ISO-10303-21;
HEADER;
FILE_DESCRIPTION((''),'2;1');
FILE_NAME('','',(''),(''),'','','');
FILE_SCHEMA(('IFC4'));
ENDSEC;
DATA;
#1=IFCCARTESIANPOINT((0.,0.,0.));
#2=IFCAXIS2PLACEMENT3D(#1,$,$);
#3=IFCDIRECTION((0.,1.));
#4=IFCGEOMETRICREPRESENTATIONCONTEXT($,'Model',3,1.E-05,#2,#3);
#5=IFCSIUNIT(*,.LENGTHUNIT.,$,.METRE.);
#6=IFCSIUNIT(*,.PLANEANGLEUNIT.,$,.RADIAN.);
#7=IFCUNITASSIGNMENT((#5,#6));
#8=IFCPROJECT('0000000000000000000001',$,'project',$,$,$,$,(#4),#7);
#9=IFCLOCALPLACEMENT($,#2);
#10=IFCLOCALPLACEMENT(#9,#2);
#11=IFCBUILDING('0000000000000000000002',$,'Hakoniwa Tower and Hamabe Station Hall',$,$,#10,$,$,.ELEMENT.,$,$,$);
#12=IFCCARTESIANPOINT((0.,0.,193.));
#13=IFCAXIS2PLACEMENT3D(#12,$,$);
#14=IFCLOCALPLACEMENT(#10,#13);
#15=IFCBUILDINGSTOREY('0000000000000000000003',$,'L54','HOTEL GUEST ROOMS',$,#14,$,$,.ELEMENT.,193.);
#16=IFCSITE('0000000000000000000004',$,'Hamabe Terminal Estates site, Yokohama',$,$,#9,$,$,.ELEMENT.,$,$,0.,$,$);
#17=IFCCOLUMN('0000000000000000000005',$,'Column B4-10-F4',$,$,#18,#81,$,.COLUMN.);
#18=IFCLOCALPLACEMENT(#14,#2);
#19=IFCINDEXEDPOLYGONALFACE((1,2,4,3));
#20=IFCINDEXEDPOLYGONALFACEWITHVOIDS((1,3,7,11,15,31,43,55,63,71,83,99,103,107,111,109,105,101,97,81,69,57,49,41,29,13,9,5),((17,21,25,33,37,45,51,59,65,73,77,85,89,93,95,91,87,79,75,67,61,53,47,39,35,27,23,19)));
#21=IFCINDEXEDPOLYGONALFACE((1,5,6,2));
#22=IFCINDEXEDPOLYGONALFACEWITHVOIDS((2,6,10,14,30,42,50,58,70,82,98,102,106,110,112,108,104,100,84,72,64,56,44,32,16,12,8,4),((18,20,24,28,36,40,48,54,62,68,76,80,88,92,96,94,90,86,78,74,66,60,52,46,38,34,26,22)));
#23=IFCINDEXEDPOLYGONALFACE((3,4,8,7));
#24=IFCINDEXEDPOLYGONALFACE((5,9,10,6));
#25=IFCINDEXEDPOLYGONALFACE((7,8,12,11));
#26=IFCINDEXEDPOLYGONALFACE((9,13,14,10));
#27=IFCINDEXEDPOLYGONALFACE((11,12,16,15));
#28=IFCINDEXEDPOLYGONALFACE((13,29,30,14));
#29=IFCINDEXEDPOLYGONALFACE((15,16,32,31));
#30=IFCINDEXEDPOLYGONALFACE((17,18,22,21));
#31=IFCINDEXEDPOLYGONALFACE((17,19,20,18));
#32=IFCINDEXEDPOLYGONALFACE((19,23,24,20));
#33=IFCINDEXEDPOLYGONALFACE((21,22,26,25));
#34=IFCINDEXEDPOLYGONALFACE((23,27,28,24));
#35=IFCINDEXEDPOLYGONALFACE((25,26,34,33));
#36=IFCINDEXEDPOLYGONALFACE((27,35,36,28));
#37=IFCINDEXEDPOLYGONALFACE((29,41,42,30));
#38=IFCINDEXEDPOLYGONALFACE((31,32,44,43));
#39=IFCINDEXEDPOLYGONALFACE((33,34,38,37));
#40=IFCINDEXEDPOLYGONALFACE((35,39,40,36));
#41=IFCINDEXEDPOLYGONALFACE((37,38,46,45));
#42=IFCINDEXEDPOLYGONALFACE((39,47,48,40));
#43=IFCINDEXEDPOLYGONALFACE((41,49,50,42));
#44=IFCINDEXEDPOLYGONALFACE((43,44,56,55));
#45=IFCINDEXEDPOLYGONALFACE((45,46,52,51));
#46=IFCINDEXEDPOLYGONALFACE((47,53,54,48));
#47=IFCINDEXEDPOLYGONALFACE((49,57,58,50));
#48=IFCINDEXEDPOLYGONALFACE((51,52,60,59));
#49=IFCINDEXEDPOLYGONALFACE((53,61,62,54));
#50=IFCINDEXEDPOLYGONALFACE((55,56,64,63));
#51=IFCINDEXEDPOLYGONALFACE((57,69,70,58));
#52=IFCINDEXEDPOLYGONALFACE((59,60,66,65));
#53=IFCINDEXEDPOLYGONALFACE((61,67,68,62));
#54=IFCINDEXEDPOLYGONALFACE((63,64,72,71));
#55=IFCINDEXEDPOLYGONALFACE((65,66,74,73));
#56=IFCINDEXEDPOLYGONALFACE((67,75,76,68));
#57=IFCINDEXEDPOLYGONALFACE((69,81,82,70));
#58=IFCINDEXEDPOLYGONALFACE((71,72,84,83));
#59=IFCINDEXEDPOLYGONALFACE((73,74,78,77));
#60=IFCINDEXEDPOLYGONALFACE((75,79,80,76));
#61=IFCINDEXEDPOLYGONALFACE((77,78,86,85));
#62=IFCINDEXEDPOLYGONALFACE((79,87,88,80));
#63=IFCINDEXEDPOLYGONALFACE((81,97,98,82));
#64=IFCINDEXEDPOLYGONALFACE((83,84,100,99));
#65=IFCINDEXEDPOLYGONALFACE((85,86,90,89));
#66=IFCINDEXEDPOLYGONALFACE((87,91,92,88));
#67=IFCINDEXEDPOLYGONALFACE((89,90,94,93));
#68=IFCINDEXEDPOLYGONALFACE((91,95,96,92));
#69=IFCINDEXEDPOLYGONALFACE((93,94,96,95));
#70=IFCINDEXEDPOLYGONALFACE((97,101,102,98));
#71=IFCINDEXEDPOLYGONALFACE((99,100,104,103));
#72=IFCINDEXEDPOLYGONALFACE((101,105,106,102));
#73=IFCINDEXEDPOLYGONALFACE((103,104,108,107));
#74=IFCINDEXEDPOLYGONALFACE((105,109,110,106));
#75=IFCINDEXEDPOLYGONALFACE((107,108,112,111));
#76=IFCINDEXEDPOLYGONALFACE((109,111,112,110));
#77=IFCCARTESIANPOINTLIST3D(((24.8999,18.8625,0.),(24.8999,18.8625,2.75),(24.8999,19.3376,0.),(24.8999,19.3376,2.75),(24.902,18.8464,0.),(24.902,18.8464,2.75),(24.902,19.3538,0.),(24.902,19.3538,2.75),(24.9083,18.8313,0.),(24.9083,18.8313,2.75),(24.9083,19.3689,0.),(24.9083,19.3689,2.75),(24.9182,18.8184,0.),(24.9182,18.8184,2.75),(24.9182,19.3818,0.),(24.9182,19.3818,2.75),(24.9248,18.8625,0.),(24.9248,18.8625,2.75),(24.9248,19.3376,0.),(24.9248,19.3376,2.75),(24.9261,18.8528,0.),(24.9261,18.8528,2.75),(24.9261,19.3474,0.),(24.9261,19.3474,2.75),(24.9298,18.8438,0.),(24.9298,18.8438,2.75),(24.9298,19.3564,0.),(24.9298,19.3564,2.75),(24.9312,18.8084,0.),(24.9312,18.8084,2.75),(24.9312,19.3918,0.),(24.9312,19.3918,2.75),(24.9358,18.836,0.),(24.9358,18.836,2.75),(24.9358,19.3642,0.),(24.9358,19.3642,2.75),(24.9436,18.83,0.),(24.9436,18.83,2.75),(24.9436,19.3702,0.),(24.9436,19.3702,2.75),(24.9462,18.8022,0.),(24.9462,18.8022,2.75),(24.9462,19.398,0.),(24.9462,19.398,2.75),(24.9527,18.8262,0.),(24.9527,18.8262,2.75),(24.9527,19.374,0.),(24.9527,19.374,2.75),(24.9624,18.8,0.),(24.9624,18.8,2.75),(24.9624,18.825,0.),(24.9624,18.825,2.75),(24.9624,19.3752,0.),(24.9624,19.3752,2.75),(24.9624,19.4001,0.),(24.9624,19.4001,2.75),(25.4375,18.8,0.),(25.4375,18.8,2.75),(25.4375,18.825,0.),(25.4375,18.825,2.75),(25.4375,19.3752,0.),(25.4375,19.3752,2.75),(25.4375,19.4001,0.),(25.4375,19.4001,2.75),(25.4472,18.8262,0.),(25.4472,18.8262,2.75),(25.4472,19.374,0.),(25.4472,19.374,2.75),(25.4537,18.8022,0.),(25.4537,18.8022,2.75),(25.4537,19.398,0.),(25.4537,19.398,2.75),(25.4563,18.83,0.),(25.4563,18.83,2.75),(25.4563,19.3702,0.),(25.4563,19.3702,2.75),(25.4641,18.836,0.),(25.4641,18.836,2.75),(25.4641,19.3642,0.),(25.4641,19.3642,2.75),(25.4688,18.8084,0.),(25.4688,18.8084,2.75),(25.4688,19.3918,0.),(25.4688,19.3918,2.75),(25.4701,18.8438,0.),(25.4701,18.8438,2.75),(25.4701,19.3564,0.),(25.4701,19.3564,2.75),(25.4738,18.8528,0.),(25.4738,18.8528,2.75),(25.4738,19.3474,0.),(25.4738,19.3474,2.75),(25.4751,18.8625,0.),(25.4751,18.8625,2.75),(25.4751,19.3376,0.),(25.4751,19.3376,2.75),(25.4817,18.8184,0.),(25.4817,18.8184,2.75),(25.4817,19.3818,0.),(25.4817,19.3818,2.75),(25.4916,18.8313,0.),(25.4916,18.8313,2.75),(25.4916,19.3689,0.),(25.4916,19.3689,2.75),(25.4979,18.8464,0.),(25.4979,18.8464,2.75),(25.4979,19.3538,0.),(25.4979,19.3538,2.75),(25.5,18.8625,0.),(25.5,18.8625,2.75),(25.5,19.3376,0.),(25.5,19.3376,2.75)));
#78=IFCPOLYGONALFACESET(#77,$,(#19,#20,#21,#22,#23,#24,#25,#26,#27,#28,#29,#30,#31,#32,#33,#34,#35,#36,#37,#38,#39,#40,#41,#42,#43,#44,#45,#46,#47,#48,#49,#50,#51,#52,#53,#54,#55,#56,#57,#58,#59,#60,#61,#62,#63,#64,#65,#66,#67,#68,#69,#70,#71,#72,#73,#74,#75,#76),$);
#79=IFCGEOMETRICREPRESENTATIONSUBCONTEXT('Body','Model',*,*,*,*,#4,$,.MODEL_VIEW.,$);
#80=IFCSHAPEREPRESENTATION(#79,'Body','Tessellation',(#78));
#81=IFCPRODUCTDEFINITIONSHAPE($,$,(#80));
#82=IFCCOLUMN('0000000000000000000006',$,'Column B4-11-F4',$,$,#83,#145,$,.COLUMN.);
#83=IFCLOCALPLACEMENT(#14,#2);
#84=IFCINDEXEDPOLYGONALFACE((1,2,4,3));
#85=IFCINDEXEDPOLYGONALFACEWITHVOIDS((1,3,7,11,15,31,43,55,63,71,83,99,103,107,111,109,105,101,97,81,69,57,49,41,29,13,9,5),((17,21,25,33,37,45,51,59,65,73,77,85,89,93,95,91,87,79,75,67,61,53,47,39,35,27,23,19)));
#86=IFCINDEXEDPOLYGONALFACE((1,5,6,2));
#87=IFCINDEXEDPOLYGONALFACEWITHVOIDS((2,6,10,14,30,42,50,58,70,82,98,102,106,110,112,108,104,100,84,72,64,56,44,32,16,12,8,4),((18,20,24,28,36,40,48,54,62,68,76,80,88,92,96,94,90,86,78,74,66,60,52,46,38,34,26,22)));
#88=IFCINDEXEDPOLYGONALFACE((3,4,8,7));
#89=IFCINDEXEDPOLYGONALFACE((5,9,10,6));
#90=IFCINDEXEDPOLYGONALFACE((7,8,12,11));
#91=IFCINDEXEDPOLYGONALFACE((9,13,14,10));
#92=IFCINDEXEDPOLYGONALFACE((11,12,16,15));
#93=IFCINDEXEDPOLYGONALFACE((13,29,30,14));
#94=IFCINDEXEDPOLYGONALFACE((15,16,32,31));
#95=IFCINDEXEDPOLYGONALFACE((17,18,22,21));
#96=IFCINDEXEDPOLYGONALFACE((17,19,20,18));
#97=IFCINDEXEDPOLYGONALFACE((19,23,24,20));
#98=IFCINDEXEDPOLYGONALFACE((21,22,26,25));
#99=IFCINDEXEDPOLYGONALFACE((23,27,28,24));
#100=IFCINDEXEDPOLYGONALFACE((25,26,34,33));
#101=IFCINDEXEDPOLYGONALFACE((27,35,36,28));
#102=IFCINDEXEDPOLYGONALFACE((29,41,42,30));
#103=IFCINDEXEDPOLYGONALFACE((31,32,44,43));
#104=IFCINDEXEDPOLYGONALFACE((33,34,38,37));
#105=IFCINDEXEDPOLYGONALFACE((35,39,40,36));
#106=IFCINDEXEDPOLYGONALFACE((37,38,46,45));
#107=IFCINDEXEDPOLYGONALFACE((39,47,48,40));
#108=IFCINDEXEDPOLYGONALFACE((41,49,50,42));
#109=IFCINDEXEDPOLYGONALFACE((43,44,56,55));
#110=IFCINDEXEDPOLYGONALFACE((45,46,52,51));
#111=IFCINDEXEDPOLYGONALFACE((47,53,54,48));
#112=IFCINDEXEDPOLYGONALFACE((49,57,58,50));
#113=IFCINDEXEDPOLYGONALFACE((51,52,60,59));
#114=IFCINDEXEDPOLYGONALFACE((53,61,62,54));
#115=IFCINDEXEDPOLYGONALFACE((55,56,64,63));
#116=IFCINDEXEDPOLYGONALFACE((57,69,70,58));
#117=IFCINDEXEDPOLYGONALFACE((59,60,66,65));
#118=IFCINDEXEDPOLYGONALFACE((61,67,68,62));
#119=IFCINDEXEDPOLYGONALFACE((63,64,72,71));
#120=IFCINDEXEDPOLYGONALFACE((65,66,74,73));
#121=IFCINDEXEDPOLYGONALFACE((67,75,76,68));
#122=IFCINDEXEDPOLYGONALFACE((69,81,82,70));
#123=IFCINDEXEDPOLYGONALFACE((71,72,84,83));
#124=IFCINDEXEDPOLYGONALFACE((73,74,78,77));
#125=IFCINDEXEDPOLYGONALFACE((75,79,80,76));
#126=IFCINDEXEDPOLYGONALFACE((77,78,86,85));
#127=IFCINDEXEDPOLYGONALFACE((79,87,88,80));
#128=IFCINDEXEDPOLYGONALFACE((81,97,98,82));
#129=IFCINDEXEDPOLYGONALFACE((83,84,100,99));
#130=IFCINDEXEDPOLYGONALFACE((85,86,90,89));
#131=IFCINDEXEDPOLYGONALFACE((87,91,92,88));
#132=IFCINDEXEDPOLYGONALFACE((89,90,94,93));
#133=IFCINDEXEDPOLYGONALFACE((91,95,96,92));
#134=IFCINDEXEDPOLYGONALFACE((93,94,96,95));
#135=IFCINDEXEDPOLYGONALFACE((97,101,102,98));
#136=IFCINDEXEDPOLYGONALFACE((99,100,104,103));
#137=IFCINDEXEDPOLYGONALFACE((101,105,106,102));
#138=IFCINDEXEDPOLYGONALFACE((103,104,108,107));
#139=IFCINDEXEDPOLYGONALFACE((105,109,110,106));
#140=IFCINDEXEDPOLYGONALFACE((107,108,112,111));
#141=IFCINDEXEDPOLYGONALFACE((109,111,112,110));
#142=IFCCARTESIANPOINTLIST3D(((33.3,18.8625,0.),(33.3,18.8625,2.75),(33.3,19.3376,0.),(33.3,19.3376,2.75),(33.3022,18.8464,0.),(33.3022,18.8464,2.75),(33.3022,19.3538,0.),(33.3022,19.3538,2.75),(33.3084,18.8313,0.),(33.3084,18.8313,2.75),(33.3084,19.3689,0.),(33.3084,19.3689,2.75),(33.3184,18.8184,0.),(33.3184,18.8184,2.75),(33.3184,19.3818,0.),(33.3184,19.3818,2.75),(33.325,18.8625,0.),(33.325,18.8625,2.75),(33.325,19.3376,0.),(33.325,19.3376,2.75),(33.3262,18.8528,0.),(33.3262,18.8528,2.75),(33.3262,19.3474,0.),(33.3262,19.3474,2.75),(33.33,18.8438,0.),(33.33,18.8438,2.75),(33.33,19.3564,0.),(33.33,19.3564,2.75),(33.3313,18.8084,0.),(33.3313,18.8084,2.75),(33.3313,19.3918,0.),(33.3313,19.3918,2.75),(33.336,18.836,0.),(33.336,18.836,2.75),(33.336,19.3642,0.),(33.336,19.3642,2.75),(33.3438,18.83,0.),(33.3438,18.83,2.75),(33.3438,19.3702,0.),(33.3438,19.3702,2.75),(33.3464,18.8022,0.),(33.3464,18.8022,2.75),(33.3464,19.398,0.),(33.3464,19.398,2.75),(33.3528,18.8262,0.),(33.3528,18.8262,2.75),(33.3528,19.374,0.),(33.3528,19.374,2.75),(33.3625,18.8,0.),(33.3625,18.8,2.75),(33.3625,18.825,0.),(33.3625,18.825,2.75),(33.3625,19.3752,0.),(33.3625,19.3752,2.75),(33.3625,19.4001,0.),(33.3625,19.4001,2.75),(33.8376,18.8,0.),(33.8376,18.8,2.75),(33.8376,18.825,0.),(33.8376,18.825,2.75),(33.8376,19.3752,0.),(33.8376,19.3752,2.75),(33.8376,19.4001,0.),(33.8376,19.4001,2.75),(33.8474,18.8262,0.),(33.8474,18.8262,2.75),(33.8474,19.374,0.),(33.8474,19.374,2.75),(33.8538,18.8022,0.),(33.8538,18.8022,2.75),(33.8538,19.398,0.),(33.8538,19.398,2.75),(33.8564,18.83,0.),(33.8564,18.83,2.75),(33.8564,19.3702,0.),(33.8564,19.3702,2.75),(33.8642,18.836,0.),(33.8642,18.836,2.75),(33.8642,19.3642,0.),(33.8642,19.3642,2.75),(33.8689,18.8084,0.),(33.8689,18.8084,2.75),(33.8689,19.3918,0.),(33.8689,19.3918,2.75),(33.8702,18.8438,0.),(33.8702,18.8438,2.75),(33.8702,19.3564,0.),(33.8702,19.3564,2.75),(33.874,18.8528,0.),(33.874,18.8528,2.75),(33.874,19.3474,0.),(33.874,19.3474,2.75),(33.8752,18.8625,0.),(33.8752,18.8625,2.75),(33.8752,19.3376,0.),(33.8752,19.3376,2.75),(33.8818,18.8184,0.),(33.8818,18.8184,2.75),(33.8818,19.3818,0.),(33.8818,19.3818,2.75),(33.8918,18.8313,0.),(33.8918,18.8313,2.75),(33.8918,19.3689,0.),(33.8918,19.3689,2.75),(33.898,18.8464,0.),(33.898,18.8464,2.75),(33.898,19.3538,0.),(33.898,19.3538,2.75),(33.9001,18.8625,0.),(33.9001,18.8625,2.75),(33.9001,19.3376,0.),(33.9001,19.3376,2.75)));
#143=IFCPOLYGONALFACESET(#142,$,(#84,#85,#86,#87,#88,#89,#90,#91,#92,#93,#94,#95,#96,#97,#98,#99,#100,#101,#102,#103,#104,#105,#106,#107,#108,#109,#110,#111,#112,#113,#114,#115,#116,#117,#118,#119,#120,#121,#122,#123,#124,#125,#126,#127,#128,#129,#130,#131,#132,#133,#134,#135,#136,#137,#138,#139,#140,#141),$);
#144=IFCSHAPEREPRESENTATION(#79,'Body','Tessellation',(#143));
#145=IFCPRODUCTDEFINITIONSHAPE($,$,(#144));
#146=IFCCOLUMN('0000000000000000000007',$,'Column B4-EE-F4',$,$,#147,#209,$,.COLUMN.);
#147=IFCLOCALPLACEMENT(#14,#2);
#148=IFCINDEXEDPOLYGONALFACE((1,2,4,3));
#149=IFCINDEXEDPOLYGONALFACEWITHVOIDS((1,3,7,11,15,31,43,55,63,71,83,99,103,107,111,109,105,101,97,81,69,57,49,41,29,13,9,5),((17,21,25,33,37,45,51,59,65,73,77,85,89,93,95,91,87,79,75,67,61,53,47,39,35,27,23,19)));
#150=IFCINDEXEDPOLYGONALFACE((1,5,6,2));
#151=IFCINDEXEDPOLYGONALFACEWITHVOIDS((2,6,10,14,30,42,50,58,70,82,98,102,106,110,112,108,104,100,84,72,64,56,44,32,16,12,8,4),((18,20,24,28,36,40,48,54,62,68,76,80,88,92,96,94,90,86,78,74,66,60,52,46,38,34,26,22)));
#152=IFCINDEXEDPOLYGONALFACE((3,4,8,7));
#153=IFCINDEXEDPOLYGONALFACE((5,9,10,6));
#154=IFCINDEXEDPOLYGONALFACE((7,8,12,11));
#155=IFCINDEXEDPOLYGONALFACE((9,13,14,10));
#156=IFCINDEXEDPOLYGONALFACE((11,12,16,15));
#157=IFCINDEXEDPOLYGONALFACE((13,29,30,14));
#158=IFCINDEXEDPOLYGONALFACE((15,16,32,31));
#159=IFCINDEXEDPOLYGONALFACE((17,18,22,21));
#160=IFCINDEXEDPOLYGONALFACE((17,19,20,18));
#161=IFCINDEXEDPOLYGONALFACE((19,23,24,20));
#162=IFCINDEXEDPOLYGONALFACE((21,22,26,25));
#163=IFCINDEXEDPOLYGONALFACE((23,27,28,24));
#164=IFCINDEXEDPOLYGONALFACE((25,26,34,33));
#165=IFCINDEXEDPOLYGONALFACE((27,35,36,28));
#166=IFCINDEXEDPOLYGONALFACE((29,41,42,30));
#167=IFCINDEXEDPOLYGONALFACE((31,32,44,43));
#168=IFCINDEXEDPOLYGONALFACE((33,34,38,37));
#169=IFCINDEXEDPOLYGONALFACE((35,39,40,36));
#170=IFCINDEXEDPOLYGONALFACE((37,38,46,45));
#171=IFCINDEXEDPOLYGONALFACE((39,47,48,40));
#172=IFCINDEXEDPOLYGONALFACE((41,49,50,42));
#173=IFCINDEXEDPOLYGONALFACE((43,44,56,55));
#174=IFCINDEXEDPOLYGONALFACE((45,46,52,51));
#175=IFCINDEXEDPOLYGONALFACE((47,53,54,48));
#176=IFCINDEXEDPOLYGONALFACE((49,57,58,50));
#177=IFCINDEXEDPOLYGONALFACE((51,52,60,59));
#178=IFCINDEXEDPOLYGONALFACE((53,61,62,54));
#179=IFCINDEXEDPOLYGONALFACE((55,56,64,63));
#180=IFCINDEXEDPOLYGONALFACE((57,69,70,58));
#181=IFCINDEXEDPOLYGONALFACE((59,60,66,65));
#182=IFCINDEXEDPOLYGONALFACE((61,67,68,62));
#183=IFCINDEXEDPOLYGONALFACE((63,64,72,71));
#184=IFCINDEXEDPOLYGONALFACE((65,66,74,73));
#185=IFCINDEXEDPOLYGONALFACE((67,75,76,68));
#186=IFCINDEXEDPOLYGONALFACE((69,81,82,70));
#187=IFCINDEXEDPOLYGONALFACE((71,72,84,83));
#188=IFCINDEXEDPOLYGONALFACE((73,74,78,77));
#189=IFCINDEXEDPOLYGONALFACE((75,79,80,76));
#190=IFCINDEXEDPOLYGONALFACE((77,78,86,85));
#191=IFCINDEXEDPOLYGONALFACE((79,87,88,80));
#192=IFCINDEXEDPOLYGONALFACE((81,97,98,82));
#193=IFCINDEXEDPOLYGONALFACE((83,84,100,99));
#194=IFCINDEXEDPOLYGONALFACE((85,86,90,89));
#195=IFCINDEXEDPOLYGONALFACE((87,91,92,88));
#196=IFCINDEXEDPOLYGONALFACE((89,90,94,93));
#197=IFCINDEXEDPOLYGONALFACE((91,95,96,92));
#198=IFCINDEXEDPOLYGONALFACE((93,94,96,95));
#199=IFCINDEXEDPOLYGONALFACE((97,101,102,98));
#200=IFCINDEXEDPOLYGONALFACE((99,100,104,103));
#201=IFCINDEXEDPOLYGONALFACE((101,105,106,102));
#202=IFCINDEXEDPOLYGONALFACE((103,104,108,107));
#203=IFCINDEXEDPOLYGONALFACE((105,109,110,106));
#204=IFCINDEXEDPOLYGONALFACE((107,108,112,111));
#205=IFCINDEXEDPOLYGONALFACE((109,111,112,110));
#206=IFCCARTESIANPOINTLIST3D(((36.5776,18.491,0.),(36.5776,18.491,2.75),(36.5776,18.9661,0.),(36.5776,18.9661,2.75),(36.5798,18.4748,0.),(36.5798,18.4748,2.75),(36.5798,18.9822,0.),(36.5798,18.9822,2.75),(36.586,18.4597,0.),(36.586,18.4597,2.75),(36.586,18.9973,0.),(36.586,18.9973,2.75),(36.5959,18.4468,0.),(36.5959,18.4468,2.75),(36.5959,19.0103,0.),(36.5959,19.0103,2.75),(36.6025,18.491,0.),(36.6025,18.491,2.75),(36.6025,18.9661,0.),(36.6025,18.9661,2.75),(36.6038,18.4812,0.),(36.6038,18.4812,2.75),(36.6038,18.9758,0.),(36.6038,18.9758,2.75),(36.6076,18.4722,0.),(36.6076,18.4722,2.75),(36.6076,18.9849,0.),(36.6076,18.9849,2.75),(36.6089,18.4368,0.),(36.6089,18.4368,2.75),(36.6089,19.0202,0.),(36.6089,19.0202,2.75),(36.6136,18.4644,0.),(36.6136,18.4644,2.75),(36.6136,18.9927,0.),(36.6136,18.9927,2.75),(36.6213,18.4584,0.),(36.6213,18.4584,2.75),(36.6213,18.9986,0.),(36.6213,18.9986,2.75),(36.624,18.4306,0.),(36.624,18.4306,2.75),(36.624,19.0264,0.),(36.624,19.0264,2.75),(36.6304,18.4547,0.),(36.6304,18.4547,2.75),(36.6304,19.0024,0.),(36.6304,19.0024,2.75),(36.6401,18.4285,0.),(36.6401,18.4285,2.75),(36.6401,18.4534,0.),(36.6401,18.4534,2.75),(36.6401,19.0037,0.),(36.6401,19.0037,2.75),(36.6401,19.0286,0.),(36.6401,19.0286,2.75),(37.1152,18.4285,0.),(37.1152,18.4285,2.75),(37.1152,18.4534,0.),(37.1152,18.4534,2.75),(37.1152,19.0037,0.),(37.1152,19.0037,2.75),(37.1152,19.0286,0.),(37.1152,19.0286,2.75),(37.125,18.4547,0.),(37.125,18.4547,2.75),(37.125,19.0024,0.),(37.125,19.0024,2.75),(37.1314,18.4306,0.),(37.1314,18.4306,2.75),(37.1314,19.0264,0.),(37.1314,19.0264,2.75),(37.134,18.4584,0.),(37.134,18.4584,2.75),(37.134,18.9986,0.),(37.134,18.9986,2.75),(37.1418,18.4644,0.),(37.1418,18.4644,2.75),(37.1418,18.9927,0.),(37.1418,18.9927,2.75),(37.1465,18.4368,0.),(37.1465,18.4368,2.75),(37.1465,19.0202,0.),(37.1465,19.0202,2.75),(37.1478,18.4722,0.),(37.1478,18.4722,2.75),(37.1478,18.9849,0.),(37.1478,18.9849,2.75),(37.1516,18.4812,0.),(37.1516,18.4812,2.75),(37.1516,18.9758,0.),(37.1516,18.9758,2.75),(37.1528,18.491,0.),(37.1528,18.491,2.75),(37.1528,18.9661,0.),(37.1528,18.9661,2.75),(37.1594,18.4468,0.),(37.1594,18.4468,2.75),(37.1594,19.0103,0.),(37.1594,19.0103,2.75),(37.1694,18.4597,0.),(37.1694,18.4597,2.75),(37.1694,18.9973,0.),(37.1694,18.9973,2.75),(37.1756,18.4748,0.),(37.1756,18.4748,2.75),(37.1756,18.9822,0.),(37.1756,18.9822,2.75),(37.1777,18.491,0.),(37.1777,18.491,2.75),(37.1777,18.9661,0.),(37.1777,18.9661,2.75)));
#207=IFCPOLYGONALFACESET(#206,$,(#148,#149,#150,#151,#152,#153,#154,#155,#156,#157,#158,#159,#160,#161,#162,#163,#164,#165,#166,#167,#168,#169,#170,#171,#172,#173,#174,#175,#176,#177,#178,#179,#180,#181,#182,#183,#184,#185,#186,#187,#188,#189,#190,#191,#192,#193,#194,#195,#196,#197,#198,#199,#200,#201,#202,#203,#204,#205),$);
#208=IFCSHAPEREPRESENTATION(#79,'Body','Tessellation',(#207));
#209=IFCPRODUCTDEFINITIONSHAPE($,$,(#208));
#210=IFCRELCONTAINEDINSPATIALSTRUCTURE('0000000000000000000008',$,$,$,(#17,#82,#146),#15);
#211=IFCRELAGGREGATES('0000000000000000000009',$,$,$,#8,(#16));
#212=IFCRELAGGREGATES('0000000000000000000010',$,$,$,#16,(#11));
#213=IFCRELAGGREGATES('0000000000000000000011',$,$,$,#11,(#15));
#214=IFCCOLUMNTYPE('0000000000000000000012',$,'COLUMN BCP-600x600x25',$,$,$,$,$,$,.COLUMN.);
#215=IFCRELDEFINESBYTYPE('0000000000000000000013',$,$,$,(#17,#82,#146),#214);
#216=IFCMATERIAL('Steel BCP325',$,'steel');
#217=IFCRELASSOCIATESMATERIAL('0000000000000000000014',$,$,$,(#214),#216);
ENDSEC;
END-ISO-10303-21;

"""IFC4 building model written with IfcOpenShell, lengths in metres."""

from ifc_helpers import new_model, si_unit, direction, frame, origin, origin_2d, place, context, subcontext, project, spatial, hollow_rectangle, extrude, material, material_profile, profile_set, type_object, element, save


model = new_model("IFC4")

# Units and contexts
model_context = context("Model", 3, precision=1e-05, world=origin(), true_north=direction((0.0, 1.0)))
body_context = subcontext(model_context, "Body", "Model", "MODEL_VIEW")
ifc_project = project(units=[si_unit("LENGTHUNIT", "METRE"), si_unit("PLANEANGLEUNIT", "RADIAN")], contexts=[model_context])

# Site, building, storey
site_placement = place(None, origin())
site = spatial("IfcSite", under=ifc_project, at=site_placement, Name="Hamabe Terminal Estates site, Yokohama", CompositionType="ELEMENT", RefElevation=0.0)
building_placement = place(site_placement, origin())
building = spatial("IfcBuilding", under=site, at=building_placement, Name="Hakoniwa Tower and Hamabe Station Hall", CompositionType="ELEMENT")
storey_placement = place(building_placement, frame((0.0, 0.0, 193.0)))
storey = spatial("IfcBuildingStorey", under=building, at=storey_placement, Name="L54", Description="HOTEL GUEST ROOMS", CompositionType="ELEMENT", Elevation=193.0)

# Columns
ifc_material_1 = material(Name="Steel BCP325", Category="steel")
ifc_material_profile_1 = material_profile(ifc_material_1, hollow_rectangle(XDim=0.6001, YDim=0.6001, WallThickness=0.0249, InnerFilletRadius=0.0376, OuterFilletRadius=0.0625, at=origin_2d()), Name="BCP-600x600x25")
ifc_profile_set_1 = profile_set([ifc_material_profile_1], Name="Steel BCP325")
column_type = type_object("IfcColumnType", Name="COLUMN BCP-600x600x25", PredefinedType="COLUMN", material=ifc_profile_set_1)
for number, where, z_axis, x_axis, name in (
    (1, (25.2, 19.1001, 0.0), (0.0, 0.0, 1.0), (1.0, 0.0, 0.0), "Column B4-10-F4"),
    (2, (33.6001, 19.1001, 0.0), (0.0, 0.0, 1.0), (1.0, 0.0, 0.0), "Column B4-11-F4"),
    (3, (36.8777, 18.7285, 0.0), (0.0, 0.0, 1.0), (1.0, 0.0, 0.0), "Column B4-EE-F4"),
):
    element("IfcColumn", number, at=place(storey_placement, frame(where, z_axis=z_axis, x_axis=x_axis)), inside=storey, type_object=column_type, Name=name, PredefinedType="COLUMN", context=body_context, shape_type="SweptSolid", body=[
        extrude(hollow_rectangle(XDim=0.6001, YDim=0.6001, WallThickness=0.0249, InnerFilletRadius=0.0376, OuterFilletRadius=0.0625, at=origin_2d()), origin(), (0.0, 0.0, 1.0), 2.75),
    ])

save(model, "model.ifc")
